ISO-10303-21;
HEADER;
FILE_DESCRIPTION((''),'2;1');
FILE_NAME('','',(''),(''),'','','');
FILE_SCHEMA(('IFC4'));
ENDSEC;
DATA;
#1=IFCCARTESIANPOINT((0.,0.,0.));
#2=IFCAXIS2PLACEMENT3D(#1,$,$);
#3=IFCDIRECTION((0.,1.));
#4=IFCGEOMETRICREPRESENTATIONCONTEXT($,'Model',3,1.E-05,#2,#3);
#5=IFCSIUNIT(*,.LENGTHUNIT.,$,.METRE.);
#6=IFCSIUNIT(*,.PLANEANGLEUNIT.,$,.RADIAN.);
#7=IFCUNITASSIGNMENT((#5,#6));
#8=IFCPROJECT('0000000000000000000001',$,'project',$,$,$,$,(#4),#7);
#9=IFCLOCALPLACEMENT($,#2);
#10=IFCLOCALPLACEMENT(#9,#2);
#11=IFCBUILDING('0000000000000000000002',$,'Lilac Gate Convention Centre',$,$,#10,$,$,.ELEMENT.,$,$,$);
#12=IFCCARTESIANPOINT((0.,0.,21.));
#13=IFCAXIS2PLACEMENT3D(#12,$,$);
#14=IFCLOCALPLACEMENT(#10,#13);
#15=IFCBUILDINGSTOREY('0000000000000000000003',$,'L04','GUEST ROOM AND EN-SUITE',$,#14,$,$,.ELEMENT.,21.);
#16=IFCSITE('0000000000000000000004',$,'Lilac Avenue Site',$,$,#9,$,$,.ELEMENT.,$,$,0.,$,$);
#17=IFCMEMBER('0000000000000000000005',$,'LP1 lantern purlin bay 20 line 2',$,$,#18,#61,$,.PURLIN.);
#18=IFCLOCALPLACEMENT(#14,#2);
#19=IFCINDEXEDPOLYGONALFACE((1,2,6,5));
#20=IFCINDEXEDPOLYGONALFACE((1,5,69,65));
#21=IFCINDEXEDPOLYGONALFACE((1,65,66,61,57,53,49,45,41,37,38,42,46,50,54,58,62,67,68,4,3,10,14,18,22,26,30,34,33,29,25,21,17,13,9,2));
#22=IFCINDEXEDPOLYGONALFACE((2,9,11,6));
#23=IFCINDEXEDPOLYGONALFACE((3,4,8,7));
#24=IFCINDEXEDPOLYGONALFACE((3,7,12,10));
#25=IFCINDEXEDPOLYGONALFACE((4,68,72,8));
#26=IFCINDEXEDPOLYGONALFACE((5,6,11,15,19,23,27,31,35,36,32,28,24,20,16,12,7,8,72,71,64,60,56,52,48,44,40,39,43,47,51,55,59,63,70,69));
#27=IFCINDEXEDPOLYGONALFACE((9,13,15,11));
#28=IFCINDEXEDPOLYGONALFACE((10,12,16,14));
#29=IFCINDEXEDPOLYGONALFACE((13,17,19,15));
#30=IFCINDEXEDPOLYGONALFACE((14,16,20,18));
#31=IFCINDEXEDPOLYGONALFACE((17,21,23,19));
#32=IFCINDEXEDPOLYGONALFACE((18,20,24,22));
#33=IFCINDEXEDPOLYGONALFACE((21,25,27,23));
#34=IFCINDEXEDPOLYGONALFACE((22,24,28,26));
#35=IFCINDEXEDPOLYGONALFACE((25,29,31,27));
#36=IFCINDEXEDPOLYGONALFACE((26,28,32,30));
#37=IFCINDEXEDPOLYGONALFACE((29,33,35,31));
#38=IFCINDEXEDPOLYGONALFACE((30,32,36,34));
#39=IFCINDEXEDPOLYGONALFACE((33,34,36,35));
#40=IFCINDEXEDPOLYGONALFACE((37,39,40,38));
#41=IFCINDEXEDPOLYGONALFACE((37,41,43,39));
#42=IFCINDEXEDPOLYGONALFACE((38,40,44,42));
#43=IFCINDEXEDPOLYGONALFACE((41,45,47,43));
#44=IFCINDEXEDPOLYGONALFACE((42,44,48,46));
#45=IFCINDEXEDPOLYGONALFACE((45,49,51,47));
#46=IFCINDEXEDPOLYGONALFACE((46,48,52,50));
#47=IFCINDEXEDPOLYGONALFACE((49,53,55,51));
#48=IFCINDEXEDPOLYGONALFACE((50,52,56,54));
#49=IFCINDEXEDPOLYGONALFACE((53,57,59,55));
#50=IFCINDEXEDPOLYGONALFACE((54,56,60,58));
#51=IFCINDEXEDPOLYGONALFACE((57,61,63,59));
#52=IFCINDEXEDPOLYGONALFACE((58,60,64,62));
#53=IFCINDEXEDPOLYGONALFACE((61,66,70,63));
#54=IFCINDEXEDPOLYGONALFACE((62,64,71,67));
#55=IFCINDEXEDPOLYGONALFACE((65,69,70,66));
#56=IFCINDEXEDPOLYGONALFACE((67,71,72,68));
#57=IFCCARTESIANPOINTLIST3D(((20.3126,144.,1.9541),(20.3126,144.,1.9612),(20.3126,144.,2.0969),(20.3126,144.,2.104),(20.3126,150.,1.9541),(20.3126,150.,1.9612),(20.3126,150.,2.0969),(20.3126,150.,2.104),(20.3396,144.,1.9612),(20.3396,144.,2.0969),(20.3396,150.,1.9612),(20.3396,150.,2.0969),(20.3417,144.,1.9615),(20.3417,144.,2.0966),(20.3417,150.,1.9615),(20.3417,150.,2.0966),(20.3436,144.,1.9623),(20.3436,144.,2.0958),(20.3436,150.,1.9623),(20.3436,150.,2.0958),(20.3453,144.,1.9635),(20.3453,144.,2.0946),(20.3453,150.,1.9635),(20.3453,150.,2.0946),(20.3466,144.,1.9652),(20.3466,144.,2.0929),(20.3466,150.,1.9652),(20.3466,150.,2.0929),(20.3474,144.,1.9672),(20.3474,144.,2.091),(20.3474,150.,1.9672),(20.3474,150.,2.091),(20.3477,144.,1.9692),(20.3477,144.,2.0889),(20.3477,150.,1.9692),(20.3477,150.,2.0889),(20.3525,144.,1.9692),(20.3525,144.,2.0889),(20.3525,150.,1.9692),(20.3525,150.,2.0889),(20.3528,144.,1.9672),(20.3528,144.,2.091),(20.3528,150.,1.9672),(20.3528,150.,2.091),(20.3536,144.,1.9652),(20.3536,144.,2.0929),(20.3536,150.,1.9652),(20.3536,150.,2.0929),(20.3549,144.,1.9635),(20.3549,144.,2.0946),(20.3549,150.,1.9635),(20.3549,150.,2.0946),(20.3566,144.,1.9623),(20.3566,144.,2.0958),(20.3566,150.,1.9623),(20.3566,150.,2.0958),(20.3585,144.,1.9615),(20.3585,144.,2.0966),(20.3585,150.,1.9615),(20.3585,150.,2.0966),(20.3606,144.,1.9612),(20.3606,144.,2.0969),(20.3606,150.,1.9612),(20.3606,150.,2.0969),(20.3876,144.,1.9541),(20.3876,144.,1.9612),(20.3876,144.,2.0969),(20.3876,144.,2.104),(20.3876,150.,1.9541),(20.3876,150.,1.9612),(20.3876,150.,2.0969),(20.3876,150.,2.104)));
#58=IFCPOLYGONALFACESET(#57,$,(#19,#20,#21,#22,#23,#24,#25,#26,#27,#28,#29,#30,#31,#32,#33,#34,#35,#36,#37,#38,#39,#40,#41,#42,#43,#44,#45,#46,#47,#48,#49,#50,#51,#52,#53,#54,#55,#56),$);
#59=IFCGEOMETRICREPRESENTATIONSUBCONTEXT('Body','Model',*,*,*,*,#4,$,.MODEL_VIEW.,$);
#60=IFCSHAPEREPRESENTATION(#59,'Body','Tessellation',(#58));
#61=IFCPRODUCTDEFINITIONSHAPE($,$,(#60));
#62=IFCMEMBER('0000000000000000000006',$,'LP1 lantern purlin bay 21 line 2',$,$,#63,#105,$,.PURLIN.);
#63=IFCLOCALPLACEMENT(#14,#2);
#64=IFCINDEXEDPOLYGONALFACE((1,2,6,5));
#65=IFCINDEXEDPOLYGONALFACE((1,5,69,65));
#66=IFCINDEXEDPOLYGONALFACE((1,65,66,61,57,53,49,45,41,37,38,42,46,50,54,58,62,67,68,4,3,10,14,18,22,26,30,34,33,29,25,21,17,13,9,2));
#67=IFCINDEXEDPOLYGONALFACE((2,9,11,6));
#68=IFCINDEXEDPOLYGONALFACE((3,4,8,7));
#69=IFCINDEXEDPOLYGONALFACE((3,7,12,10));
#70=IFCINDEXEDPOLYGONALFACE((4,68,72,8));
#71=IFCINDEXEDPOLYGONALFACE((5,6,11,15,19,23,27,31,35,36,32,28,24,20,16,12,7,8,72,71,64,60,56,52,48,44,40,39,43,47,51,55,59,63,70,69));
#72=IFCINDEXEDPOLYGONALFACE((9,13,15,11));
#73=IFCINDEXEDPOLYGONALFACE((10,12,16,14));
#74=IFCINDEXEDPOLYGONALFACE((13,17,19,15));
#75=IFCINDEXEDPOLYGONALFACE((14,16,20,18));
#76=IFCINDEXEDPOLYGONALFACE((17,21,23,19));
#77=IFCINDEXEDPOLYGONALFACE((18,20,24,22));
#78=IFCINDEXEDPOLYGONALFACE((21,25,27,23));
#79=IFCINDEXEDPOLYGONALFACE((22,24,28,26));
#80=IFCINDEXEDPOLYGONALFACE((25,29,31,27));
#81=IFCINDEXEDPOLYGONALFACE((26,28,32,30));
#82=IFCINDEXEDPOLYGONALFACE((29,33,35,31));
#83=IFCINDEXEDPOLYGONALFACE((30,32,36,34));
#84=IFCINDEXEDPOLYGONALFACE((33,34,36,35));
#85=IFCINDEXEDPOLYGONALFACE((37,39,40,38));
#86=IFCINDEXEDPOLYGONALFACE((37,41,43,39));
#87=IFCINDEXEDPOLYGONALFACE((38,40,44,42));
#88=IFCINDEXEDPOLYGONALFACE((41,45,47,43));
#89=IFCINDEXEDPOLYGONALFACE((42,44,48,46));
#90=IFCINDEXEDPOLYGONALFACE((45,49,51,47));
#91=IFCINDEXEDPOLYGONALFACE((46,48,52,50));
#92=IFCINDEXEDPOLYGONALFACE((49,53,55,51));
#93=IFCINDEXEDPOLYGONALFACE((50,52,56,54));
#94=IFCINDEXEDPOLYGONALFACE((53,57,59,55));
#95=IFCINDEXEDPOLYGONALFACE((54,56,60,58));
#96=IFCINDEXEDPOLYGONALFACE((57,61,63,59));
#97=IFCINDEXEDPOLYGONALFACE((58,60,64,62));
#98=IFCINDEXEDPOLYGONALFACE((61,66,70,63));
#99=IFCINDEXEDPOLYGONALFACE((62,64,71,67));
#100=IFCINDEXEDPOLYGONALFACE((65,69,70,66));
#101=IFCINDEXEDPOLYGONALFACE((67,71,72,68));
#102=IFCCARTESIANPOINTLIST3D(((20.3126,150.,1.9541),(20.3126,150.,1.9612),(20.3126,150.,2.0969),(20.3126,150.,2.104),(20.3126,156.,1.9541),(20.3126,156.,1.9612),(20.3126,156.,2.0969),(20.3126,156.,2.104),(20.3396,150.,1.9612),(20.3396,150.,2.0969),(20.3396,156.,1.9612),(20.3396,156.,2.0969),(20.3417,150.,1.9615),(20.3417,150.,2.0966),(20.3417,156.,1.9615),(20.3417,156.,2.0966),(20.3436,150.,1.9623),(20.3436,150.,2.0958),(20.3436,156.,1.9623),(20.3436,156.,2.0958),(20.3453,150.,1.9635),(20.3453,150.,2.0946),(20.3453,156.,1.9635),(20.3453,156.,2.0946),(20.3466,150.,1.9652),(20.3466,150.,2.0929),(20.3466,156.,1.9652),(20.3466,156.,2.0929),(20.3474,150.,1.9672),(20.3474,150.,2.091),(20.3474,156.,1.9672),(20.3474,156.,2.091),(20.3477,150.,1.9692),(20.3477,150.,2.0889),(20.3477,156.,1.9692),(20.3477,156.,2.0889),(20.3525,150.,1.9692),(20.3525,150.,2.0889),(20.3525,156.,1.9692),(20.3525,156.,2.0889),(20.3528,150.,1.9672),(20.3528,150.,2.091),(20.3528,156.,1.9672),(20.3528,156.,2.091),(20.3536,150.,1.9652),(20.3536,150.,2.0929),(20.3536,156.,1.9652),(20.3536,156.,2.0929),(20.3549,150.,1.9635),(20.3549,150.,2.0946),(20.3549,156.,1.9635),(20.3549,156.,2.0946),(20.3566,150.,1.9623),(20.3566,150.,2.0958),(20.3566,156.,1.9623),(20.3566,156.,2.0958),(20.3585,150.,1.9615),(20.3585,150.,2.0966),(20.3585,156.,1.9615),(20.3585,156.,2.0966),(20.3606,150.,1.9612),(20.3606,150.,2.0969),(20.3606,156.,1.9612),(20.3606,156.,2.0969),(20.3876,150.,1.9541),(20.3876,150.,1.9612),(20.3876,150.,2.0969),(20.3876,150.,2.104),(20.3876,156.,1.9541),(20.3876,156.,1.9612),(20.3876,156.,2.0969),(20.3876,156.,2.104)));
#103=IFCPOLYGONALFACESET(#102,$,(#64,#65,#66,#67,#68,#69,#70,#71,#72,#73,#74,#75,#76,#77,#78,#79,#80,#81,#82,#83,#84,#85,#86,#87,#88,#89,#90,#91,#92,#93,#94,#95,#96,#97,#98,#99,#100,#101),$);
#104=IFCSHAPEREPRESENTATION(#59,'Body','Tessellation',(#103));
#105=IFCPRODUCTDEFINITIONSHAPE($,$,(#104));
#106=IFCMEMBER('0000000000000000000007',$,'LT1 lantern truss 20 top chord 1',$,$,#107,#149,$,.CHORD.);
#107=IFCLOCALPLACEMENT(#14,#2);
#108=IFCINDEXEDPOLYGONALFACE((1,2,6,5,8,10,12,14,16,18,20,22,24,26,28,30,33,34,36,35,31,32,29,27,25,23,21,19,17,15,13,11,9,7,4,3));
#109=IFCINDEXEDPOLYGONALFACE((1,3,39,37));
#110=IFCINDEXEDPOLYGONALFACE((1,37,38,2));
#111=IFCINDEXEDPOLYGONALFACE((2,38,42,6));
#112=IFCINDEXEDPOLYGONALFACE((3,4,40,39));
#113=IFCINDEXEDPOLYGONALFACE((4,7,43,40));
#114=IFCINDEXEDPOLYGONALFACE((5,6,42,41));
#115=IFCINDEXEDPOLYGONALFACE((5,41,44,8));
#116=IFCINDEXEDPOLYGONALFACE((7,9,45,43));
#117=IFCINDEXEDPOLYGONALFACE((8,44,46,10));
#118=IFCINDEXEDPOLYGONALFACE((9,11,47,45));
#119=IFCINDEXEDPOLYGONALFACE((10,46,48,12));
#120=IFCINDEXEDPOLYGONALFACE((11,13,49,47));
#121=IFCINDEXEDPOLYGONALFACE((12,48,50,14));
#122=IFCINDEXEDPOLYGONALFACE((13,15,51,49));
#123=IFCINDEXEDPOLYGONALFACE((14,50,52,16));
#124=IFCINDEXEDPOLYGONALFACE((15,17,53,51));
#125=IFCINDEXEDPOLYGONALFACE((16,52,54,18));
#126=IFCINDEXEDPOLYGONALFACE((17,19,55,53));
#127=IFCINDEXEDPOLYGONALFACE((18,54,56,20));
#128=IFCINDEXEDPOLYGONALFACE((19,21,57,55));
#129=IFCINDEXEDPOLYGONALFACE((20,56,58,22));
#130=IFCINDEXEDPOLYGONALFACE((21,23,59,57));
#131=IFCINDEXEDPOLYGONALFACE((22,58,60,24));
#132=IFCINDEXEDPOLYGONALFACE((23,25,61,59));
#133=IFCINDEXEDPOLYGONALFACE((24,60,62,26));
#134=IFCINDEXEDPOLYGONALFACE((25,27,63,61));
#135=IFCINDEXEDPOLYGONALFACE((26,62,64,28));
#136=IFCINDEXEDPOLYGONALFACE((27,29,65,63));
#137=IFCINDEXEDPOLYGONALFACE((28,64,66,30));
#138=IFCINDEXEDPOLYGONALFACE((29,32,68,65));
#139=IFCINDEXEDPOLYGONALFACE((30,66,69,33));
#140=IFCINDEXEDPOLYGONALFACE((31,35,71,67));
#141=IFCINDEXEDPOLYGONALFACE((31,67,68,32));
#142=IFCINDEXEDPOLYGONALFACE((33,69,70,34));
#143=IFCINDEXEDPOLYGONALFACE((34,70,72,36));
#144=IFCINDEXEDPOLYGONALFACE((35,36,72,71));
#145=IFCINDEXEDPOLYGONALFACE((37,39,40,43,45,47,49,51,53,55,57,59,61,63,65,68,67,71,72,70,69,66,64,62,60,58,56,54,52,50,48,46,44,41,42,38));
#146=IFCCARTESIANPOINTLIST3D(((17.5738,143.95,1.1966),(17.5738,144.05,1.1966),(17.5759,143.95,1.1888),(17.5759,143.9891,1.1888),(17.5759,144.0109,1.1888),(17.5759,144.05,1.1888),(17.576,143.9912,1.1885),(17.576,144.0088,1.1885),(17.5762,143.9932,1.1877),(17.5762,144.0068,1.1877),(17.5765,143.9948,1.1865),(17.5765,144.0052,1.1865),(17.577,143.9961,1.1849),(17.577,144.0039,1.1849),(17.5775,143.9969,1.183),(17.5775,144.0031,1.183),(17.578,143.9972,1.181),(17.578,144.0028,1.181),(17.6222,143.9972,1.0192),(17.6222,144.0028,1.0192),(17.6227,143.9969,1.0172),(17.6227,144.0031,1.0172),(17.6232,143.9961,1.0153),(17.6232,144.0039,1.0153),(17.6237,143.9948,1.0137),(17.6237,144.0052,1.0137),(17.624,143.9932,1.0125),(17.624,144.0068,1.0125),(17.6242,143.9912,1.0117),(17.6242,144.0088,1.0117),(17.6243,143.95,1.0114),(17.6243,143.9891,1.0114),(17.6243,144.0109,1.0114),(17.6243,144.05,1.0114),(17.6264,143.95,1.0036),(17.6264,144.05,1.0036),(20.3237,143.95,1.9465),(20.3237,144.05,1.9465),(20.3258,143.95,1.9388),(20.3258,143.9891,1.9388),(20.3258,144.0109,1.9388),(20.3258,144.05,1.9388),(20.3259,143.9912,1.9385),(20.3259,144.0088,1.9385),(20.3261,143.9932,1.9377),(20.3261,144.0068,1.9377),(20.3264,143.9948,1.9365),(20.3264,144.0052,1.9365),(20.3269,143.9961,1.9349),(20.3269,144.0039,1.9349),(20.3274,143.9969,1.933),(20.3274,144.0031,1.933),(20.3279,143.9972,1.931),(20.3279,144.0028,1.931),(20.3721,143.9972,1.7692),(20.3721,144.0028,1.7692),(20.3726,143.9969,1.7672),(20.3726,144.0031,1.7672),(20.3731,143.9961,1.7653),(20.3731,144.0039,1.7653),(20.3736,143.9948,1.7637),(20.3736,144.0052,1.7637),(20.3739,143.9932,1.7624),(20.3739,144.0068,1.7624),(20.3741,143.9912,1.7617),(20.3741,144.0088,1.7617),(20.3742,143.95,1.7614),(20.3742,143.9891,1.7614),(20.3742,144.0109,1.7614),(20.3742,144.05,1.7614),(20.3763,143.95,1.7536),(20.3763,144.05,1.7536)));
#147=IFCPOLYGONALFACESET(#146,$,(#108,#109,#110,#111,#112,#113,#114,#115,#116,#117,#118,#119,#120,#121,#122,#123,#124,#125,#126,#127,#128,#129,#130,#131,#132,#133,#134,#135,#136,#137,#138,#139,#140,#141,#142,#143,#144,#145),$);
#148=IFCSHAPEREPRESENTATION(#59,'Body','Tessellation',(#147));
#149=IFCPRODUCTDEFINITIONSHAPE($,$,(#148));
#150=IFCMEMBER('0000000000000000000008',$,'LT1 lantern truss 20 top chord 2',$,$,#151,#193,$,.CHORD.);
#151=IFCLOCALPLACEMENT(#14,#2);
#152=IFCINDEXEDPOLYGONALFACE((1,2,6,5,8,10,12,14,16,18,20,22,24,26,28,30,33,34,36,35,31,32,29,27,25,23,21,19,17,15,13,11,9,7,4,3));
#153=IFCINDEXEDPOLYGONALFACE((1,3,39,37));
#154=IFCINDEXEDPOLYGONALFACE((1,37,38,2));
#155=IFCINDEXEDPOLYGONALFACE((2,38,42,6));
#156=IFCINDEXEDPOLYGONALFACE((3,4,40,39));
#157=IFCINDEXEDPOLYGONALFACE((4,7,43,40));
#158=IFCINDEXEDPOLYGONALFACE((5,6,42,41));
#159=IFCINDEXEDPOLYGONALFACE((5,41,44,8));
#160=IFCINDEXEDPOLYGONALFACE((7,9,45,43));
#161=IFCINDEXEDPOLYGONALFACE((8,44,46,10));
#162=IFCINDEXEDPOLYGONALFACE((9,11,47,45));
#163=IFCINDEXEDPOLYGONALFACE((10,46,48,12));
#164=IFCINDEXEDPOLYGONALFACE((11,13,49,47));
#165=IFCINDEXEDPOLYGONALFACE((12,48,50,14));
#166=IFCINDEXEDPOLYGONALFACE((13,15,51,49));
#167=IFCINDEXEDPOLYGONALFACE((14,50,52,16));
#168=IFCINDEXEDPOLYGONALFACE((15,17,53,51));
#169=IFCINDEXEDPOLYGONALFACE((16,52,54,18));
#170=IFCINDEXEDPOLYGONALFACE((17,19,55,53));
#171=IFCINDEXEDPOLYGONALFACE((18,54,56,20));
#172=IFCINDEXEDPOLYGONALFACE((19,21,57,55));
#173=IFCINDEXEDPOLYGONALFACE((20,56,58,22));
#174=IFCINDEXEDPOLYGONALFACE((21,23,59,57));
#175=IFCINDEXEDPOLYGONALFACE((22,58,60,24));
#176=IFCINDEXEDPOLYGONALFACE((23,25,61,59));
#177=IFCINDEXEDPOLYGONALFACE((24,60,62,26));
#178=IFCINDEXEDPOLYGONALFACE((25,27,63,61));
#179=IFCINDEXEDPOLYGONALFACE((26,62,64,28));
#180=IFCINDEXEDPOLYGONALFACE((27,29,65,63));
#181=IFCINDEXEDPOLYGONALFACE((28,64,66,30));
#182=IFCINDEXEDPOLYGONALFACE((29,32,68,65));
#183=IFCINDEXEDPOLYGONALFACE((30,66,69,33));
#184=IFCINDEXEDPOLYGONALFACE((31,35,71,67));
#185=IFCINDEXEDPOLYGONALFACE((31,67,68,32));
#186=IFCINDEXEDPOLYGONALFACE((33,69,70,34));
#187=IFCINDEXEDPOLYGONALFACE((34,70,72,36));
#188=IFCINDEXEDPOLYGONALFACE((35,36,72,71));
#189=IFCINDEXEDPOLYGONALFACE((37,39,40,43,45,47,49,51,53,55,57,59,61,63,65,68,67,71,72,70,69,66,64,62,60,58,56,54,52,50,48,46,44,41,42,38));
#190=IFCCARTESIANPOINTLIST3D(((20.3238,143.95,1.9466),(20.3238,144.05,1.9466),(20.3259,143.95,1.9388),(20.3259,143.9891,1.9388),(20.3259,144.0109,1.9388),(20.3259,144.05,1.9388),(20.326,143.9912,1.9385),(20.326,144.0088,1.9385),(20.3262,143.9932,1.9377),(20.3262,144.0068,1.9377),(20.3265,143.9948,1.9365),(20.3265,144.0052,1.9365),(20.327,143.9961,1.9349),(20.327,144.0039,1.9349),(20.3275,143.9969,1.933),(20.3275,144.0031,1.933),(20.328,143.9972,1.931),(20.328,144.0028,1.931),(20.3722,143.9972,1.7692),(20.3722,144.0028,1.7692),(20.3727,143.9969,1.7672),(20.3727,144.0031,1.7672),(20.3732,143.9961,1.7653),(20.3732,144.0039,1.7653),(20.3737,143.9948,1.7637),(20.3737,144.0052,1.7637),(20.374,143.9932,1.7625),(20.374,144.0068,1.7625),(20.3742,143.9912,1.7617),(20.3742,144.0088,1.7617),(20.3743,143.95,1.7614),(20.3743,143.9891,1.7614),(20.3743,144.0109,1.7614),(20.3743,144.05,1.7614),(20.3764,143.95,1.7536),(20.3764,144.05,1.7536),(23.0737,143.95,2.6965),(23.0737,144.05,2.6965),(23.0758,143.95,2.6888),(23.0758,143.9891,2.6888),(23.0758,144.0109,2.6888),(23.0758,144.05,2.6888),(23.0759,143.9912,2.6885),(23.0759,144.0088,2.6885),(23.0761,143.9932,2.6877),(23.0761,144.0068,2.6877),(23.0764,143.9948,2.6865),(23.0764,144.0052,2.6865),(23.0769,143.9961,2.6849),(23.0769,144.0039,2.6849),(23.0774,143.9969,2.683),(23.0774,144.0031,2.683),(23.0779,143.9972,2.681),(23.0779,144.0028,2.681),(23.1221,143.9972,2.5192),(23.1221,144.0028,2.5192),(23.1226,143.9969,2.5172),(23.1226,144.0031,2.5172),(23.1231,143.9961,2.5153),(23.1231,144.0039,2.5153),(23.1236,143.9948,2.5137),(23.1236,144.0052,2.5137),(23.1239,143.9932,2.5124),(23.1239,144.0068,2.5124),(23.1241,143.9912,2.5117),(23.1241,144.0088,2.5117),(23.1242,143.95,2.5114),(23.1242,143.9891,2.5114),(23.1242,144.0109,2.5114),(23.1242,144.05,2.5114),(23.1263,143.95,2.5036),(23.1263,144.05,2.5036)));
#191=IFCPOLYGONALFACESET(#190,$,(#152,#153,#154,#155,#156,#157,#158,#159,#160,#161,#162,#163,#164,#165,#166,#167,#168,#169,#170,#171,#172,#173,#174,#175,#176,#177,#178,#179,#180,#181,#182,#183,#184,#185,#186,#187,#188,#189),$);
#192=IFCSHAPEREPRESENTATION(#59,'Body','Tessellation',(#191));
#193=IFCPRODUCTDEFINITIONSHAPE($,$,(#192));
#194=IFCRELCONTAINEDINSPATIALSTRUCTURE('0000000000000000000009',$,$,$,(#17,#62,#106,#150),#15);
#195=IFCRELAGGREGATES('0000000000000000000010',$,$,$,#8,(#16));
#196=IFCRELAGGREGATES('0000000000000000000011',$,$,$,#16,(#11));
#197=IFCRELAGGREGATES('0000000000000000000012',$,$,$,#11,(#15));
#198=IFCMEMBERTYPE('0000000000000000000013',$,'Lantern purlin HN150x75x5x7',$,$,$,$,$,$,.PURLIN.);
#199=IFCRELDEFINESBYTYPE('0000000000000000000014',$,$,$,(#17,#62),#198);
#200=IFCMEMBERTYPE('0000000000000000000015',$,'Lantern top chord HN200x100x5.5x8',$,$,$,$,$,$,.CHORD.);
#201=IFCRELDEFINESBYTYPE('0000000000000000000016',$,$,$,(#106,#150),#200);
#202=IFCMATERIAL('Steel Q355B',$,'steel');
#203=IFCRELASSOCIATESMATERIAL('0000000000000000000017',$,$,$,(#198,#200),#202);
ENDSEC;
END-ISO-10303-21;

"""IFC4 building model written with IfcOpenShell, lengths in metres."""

from ifc_helpers import new_model, si_unit, direction, frame, origin, origin_2d, place, context, subcontext, project, spatial, i_section, extrude, material, material_profile, profile_set, type_object, element, save


model = new_model("IFC4")

# Units and contexts
model_context = context("Model", 3, precision=1e-05, world=origin(), true_north=direction((0.0, 1.0)))
body_context = subcontext(model_context, "Body", "Model", "MODEL_VIEW")
ifc_project = project(units=[si_unit("LENGTHUNIT", "METRE"), si_unit("PLANEANGLEUNIT", "RADIAN")], contexts=[model_context])

# Site, building, storey
site_placement = place(None, origin())
site = spatial("IfcSite", under=ifc_project, at=site_placement, Name="Lilac Avenue Site", CompositionType="ELEMENT", RefElevation=0.0)
building_placement = place(site_placement, origin())
building = spatial("IfcBuilding", under=site, at=building_placement, Name="Lilac Gate Convention Centre", CompositionType="ELEMENT")
storey_placement = place(building_placement, frame((0.0, 0.0, 21.0)))
storey = spatial("IfcBuildingStorey", under=building, at=storey_placement, Name="L04", Description="GUEST ROOM AND EN-SUITE", CompositionType="ELEMENT", Elevation=21.0)

# Members
ifc_material_1 = material(Name="Steel Q355B", Category="steel")
ifc_material_profile_1 = material_profile(ifc_material_1, i_section(OverallWidth=0.075, OverallDepth=0.1499, WebThickness=0.0049, FlangeThickness=0.0071, FilletRadius=0.0081, at=origin_2d()), Name="HN150x75x5x7")
ifc_profile_set_1 = profile_set([ifc_material_profile_1], Name="Steel Q355B")
member_type_1 = type_object("IfcMemberType", Name="Lantern purlin HN150x75x5x7", PredefinedType="PURLIN", material=ifc_profile_set_1)
for number, where, z_axis, x_axis, name in (
    (1, (20.3501, 144.0, 2.0291), (0.0, 1.0, 0.0), (-1.0, 0.0, 0.0), "LP1 lantern purlin bay 20 line 2"),
    (2, (20.3501, 150.0, 2.0291), (0.0, 1.0, 0.0), (-1.0, 0.0, 0.0), "LP1 lantern purlin bay 21 line 2"),
):
    element("IfcMember", number, at=place(storey_placement, frame(where, z_axis=z_axis, x_axis=x_axis)), inside=storey, type_object=member_type_1, Name=name, PredefinedType="PURLIN", context=body_context, shape_type="SweptSolid", body=[
        extrude(i_section(OverallWidth=0.075, OverallDepth=0.1499, WebThickness=0.0049, FlangeThickness=0.0071, FilletRadius=0.0081, at=origin_2d()), origin(), (0.0, 0.0, 1.0), 6.0),
    ])
ifc_material_profile_2 = material_profile(ifc_material_1, i_section(OverallWidth=0.1001, OverallDepth=0.2, WebThickness=0.0056, FlangeThickness=0.0081, FilletRadius=0.0081, at=origin_2d()), Name="HN200x100x5.5x8")
ifc_profile_set_2 = profile_set([ifc_material_profile_2], Name="Steel Q355B")
member_type_2 = type_object("IfcMemberType", Name="Lantern top chord HN200x100x5.5x8", PredefinedType="CHORD", material=ifc_profile_set_2)
for number, where, z_axis, x_axis, name in (
    (3, (17.6001, 144.0, 1.1001), (0.964764, 0.0, 0.263117), (0.0, 1.0, 0.0), "LT1 lantern truss 20 top chord 1"),
    (4, (20.3501, 144.0, 1.8501), (0.964764, 0.0, 0.263117), (0.0, 1.0, 0.0), "LT1 lantern truss 20 top chord 2"),
):
    element("IfcMember", number, at=place(storey_placement, frame(where, z_axis=z_axis, x_axis=x_axis)), inside=storey, type_object=member_type_2, Name=name, PredefinedType="CHORD", context=body_context, shape_type="SweptSolid", body=[
        extrude(i_section(OverallWidth=0.1001, OverallDepth=0.2, WebThickness=0.0056, FlangeThickness=0.0081, FilletRadius=0.0081, at=origin_2d()), origin(), (0.0, 0.0, 1.0), 2.8503),
    ])

save(model, "model.ifc")
